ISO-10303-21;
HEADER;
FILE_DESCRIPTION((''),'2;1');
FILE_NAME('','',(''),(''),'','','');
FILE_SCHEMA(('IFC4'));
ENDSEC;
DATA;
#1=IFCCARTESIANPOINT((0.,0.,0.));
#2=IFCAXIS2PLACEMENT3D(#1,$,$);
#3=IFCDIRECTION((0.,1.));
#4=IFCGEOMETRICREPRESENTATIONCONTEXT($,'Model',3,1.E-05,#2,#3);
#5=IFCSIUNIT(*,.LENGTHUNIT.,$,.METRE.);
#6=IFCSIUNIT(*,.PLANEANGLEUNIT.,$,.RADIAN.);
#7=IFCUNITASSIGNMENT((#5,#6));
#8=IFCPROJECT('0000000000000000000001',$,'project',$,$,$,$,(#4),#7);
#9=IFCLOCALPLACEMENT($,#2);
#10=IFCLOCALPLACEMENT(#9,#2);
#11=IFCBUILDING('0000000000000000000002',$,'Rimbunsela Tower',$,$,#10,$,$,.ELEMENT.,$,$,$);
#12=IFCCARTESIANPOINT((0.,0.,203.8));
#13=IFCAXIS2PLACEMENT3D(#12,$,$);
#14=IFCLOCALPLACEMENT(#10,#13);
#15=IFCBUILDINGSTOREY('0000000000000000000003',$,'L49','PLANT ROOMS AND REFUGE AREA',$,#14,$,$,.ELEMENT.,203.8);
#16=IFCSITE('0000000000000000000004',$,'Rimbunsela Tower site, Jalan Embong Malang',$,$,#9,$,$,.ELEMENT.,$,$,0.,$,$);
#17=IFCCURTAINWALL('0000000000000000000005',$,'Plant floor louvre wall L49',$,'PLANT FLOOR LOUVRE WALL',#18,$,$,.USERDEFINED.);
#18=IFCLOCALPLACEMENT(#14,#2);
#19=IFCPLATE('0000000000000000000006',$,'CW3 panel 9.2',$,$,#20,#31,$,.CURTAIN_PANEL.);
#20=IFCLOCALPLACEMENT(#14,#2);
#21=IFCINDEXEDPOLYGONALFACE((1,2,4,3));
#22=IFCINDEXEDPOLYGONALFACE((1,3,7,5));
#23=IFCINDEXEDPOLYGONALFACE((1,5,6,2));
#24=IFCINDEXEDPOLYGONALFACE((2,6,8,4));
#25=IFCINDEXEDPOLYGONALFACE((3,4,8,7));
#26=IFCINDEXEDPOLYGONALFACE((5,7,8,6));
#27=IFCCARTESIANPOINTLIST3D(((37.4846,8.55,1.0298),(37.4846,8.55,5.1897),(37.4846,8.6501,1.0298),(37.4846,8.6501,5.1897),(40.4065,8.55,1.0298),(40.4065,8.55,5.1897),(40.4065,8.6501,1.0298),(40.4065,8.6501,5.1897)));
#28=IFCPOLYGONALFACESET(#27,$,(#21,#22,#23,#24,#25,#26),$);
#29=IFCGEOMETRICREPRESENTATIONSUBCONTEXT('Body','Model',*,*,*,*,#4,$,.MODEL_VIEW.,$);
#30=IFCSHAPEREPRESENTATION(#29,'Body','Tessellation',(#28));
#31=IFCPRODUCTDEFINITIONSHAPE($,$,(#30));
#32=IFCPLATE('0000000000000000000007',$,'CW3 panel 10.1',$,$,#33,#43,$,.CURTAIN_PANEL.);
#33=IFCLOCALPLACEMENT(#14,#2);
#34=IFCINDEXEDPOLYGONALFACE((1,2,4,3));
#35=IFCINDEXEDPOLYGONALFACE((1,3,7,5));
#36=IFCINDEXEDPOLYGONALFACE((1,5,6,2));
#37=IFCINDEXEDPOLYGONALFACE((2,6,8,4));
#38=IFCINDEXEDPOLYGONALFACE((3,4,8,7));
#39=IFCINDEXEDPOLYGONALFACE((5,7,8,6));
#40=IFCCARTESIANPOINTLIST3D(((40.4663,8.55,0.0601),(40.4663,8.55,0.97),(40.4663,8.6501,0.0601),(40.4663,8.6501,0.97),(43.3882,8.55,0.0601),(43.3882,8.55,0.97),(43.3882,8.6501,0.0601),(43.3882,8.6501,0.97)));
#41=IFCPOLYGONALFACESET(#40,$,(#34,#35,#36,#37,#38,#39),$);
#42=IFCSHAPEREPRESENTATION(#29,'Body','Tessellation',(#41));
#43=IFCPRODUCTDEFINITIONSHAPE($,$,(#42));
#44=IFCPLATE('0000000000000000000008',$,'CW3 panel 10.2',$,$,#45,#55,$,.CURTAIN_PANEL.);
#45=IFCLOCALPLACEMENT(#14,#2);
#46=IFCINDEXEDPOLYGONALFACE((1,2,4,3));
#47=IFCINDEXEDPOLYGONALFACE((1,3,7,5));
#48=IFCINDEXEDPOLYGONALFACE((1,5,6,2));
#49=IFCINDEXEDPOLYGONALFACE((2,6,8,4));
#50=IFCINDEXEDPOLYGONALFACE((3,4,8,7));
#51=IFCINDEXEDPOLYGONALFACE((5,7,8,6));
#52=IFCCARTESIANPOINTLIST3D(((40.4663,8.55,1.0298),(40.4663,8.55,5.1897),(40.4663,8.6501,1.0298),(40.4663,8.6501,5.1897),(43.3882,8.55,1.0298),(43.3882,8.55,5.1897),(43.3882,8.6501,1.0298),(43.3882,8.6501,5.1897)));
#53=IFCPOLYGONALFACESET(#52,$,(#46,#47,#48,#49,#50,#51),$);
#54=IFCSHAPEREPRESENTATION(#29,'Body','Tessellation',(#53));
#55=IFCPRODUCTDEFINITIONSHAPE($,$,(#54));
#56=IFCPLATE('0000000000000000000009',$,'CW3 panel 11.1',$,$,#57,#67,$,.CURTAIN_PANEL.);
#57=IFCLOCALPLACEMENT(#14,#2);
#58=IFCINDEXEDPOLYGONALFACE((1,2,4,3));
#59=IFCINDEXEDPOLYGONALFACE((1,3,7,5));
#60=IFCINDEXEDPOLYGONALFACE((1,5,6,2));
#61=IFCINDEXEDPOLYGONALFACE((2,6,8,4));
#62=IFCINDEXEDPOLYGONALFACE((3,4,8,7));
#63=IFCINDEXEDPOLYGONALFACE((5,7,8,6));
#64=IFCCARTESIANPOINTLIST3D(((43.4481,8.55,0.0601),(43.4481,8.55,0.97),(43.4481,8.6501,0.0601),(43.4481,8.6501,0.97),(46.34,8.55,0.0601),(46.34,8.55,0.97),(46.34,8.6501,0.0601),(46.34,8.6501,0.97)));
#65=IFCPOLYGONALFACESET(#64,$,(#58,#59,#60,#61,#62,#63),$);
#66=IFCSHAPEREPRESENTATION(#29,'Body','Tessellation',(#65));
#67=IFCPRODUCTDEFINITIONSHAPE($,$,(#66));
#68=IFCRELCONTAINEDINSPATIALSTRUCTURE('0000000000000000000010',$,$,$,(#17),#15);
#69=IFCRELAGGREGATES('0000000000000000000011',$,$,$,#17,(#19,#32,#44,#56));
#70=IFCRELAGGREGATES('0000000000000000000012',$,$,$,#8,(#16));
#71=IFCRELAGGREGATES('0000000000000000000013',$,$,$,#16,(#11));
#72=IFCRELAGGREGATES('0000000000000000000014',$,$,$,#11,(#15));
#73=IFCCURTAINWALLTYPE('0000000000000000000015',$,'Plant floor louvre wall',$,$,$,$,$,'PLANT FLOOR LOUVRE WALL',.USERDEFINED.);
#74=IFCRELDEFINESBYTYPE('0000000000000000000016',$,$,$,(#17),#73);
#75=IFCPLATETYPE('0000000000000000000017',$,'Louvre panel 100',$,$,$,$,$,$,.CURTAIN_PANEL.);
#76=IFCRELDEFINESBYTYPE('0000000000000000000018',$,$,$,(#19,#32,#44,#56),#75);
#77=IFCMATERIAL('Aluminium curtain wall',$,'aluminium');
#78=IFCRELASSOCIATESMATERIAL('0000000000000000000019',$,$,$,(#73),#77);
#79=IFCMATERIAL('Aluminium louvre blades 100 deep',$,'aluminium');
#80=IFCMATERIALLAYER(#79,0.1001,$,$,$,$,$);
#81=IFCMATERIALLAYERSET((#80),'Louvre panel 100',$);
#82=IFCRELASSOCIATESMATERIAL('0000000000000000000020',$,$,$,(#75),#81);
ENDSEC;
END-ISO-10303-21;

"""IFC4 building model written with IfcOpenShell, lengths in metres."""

from ifc_helpers import new_model, si_unit, direction, frame, origin, origin_2d, place, context, subcontext, project, spatial, rectangle, extrude, material, layer, layer_set, type_object, element, aggregate, save


model = new_model("IFC4")

# Units and contexts
model_context = context("Model", 3, precision=1e-05, world=origin(), true_north=direction((0.0, 1.0)))
body_context = subcontext(model_context, "Body", "Model", "MODEL_VIEW")
ifc_project = project(units=[si_unit("LENGTHUNIT", "METRE"), si_unit("PLANEANGLEUNIT", "RADIAN")], contexts=[model_context])

# Site, building, storey
site_placement = place(None, origin())
site = spatial("IfcSite", under=ifc_project, at=site_placement, Name="Rimbunsela Tower site, Jalan Embong Malang", CompositionType="ELEMENT", RefElevation=0.0)
building_placement = place(site_placement, origin())
building = spatial("IfcBuilding", under=site, at=building_placement, Name="Rimbunsela Tower", CompositionType="ELEMENT")
storey_placement = place(building_placement, frame((0.0, 0.0, 203.8)))
storey = spatial("IfcBuildingStorey", under=building, at=storey_placement, Name="L49", Description="PLANT ROOMS AND REFUGE AREA", CompositionType="ELEMENT", Elevation=203.8)

# Curtain wall
ifc_material_1 = material(Name="Aluminium curtain wall", Category="aluminium")
curtain_wall_type = type_object("IfcCurtainWallType", Name="Plant floor louvre wall", ElementType="PLANT FLOOR LOUVRE WALL", PredefinedType="USERDEFINED", material=ifc_material_1)
curtain_wall_placement = place(storey_placement, origin())
curtain_wall = element("IfcCurtainWall", 1, at=curtain_wall_placement, inside=storey, type_object=curtain_wall_type, Name="Plant floor louvre wall L49", ObjectType="PLANT FLOOR LOUVRE WALL", PredefinedType="USERDEFINED")

# Plates
ifc_material_2 = material(Name="Aluminium louvre blades 100 deep", Category="aluminium")
ifc_layer = layer(ifc_material_2, 0.1001)
ifc_layer_set = layer_set([ifc_layer], Name="Louvre panel 100")
plate_type = type_object("IfcPlateType", Name="Louvre panel 100", PredefinedType="CURTAIN_PANEL", material=ifc_layer_set)
plate_1_placement = place(storey_placement, frame((38.9456, 8.6001, 1.0298), z_axis=(0.0, 0.0, 1.0), x_axis=(1.0, 0.0, 0.0)))
plate_1 = element("IfcPlate", 2, at=plate_1_placement, type_object=plate_type, Name="CW3 panel 9.2", PredefinedType="CURTAIN_PANEL", context=body_context, shape_type="SweptSolid", body=[
    extrude(rectangle(XDim=2.9219, YDim=0.1001, at=origin_2d()), origin(), (0.0, 0.0, 1.0), 4.1599),
])
plate_2_placement = place(storey_placement, frame((41.9272, 8.6001, 0.0601), z_axis=(0.0, 0.0, 1.0), x_axis=(1.0, 0.0, 0.0)))
plate_2 = element("IfcPlate", 3, at=plate_2_placement, type_object=plate_type, Name="CW3 panel 10.1", PredefinedType="CURTAIN_PANEL", context=body_context, shape_type="SweptSolid", body=[
    extrude(rectangle(XDim=2.9219, YDim=0.1001, at=origin_2d()), origin(), (0.0, 0.0, 1.0), 0.9099),
])
plate_3_placement = place(storey_placement, frame((41.9272, 8.6001, 1.0298), z_axis=(0.0, 0.0, 1.0), x_axis=(1.0, 0.0, 0.0)))
plate_3 = element("IfcPlate", 4, at=plate_3_placement, type_object=plate_type, Name="CW3 panel 10.2", PredefinedType="CURTAIN_PANEL", context=body_context, shape_type="SweptSolid", body=[
    extrude(rectangle(XDim=2.9219, YDim=0.1001, at=origin_2d()), origin(), (0.0, 0.0, 1.0), 4.1599),
])
plate_4_placement = place(storey_placement, frame((44.894, 8.6001, 0.0601), z_axis=(0.0, 0.0, 1.0), x_axis=(1.0, 0.0, 0.0)))
plate_4 = element("IfcPlate", 5, at=plate_4_placement, type_object=plate_type, Name="CW3 panel 11.1", PredefinedType="CURTAIN_PANEL", context=body_context, shape_type="SweptSolid", body=[
    extrude(rectangle(XDim=2.8918, YDim=0.1001, at=origin_2d()), origin(), (0.0, 0.0, 1.0), 0.9099),
])
aggregate(curtain_wall, [plate_1, plate_2, plate_3, plate_4])

save(model, "model.ifc")
